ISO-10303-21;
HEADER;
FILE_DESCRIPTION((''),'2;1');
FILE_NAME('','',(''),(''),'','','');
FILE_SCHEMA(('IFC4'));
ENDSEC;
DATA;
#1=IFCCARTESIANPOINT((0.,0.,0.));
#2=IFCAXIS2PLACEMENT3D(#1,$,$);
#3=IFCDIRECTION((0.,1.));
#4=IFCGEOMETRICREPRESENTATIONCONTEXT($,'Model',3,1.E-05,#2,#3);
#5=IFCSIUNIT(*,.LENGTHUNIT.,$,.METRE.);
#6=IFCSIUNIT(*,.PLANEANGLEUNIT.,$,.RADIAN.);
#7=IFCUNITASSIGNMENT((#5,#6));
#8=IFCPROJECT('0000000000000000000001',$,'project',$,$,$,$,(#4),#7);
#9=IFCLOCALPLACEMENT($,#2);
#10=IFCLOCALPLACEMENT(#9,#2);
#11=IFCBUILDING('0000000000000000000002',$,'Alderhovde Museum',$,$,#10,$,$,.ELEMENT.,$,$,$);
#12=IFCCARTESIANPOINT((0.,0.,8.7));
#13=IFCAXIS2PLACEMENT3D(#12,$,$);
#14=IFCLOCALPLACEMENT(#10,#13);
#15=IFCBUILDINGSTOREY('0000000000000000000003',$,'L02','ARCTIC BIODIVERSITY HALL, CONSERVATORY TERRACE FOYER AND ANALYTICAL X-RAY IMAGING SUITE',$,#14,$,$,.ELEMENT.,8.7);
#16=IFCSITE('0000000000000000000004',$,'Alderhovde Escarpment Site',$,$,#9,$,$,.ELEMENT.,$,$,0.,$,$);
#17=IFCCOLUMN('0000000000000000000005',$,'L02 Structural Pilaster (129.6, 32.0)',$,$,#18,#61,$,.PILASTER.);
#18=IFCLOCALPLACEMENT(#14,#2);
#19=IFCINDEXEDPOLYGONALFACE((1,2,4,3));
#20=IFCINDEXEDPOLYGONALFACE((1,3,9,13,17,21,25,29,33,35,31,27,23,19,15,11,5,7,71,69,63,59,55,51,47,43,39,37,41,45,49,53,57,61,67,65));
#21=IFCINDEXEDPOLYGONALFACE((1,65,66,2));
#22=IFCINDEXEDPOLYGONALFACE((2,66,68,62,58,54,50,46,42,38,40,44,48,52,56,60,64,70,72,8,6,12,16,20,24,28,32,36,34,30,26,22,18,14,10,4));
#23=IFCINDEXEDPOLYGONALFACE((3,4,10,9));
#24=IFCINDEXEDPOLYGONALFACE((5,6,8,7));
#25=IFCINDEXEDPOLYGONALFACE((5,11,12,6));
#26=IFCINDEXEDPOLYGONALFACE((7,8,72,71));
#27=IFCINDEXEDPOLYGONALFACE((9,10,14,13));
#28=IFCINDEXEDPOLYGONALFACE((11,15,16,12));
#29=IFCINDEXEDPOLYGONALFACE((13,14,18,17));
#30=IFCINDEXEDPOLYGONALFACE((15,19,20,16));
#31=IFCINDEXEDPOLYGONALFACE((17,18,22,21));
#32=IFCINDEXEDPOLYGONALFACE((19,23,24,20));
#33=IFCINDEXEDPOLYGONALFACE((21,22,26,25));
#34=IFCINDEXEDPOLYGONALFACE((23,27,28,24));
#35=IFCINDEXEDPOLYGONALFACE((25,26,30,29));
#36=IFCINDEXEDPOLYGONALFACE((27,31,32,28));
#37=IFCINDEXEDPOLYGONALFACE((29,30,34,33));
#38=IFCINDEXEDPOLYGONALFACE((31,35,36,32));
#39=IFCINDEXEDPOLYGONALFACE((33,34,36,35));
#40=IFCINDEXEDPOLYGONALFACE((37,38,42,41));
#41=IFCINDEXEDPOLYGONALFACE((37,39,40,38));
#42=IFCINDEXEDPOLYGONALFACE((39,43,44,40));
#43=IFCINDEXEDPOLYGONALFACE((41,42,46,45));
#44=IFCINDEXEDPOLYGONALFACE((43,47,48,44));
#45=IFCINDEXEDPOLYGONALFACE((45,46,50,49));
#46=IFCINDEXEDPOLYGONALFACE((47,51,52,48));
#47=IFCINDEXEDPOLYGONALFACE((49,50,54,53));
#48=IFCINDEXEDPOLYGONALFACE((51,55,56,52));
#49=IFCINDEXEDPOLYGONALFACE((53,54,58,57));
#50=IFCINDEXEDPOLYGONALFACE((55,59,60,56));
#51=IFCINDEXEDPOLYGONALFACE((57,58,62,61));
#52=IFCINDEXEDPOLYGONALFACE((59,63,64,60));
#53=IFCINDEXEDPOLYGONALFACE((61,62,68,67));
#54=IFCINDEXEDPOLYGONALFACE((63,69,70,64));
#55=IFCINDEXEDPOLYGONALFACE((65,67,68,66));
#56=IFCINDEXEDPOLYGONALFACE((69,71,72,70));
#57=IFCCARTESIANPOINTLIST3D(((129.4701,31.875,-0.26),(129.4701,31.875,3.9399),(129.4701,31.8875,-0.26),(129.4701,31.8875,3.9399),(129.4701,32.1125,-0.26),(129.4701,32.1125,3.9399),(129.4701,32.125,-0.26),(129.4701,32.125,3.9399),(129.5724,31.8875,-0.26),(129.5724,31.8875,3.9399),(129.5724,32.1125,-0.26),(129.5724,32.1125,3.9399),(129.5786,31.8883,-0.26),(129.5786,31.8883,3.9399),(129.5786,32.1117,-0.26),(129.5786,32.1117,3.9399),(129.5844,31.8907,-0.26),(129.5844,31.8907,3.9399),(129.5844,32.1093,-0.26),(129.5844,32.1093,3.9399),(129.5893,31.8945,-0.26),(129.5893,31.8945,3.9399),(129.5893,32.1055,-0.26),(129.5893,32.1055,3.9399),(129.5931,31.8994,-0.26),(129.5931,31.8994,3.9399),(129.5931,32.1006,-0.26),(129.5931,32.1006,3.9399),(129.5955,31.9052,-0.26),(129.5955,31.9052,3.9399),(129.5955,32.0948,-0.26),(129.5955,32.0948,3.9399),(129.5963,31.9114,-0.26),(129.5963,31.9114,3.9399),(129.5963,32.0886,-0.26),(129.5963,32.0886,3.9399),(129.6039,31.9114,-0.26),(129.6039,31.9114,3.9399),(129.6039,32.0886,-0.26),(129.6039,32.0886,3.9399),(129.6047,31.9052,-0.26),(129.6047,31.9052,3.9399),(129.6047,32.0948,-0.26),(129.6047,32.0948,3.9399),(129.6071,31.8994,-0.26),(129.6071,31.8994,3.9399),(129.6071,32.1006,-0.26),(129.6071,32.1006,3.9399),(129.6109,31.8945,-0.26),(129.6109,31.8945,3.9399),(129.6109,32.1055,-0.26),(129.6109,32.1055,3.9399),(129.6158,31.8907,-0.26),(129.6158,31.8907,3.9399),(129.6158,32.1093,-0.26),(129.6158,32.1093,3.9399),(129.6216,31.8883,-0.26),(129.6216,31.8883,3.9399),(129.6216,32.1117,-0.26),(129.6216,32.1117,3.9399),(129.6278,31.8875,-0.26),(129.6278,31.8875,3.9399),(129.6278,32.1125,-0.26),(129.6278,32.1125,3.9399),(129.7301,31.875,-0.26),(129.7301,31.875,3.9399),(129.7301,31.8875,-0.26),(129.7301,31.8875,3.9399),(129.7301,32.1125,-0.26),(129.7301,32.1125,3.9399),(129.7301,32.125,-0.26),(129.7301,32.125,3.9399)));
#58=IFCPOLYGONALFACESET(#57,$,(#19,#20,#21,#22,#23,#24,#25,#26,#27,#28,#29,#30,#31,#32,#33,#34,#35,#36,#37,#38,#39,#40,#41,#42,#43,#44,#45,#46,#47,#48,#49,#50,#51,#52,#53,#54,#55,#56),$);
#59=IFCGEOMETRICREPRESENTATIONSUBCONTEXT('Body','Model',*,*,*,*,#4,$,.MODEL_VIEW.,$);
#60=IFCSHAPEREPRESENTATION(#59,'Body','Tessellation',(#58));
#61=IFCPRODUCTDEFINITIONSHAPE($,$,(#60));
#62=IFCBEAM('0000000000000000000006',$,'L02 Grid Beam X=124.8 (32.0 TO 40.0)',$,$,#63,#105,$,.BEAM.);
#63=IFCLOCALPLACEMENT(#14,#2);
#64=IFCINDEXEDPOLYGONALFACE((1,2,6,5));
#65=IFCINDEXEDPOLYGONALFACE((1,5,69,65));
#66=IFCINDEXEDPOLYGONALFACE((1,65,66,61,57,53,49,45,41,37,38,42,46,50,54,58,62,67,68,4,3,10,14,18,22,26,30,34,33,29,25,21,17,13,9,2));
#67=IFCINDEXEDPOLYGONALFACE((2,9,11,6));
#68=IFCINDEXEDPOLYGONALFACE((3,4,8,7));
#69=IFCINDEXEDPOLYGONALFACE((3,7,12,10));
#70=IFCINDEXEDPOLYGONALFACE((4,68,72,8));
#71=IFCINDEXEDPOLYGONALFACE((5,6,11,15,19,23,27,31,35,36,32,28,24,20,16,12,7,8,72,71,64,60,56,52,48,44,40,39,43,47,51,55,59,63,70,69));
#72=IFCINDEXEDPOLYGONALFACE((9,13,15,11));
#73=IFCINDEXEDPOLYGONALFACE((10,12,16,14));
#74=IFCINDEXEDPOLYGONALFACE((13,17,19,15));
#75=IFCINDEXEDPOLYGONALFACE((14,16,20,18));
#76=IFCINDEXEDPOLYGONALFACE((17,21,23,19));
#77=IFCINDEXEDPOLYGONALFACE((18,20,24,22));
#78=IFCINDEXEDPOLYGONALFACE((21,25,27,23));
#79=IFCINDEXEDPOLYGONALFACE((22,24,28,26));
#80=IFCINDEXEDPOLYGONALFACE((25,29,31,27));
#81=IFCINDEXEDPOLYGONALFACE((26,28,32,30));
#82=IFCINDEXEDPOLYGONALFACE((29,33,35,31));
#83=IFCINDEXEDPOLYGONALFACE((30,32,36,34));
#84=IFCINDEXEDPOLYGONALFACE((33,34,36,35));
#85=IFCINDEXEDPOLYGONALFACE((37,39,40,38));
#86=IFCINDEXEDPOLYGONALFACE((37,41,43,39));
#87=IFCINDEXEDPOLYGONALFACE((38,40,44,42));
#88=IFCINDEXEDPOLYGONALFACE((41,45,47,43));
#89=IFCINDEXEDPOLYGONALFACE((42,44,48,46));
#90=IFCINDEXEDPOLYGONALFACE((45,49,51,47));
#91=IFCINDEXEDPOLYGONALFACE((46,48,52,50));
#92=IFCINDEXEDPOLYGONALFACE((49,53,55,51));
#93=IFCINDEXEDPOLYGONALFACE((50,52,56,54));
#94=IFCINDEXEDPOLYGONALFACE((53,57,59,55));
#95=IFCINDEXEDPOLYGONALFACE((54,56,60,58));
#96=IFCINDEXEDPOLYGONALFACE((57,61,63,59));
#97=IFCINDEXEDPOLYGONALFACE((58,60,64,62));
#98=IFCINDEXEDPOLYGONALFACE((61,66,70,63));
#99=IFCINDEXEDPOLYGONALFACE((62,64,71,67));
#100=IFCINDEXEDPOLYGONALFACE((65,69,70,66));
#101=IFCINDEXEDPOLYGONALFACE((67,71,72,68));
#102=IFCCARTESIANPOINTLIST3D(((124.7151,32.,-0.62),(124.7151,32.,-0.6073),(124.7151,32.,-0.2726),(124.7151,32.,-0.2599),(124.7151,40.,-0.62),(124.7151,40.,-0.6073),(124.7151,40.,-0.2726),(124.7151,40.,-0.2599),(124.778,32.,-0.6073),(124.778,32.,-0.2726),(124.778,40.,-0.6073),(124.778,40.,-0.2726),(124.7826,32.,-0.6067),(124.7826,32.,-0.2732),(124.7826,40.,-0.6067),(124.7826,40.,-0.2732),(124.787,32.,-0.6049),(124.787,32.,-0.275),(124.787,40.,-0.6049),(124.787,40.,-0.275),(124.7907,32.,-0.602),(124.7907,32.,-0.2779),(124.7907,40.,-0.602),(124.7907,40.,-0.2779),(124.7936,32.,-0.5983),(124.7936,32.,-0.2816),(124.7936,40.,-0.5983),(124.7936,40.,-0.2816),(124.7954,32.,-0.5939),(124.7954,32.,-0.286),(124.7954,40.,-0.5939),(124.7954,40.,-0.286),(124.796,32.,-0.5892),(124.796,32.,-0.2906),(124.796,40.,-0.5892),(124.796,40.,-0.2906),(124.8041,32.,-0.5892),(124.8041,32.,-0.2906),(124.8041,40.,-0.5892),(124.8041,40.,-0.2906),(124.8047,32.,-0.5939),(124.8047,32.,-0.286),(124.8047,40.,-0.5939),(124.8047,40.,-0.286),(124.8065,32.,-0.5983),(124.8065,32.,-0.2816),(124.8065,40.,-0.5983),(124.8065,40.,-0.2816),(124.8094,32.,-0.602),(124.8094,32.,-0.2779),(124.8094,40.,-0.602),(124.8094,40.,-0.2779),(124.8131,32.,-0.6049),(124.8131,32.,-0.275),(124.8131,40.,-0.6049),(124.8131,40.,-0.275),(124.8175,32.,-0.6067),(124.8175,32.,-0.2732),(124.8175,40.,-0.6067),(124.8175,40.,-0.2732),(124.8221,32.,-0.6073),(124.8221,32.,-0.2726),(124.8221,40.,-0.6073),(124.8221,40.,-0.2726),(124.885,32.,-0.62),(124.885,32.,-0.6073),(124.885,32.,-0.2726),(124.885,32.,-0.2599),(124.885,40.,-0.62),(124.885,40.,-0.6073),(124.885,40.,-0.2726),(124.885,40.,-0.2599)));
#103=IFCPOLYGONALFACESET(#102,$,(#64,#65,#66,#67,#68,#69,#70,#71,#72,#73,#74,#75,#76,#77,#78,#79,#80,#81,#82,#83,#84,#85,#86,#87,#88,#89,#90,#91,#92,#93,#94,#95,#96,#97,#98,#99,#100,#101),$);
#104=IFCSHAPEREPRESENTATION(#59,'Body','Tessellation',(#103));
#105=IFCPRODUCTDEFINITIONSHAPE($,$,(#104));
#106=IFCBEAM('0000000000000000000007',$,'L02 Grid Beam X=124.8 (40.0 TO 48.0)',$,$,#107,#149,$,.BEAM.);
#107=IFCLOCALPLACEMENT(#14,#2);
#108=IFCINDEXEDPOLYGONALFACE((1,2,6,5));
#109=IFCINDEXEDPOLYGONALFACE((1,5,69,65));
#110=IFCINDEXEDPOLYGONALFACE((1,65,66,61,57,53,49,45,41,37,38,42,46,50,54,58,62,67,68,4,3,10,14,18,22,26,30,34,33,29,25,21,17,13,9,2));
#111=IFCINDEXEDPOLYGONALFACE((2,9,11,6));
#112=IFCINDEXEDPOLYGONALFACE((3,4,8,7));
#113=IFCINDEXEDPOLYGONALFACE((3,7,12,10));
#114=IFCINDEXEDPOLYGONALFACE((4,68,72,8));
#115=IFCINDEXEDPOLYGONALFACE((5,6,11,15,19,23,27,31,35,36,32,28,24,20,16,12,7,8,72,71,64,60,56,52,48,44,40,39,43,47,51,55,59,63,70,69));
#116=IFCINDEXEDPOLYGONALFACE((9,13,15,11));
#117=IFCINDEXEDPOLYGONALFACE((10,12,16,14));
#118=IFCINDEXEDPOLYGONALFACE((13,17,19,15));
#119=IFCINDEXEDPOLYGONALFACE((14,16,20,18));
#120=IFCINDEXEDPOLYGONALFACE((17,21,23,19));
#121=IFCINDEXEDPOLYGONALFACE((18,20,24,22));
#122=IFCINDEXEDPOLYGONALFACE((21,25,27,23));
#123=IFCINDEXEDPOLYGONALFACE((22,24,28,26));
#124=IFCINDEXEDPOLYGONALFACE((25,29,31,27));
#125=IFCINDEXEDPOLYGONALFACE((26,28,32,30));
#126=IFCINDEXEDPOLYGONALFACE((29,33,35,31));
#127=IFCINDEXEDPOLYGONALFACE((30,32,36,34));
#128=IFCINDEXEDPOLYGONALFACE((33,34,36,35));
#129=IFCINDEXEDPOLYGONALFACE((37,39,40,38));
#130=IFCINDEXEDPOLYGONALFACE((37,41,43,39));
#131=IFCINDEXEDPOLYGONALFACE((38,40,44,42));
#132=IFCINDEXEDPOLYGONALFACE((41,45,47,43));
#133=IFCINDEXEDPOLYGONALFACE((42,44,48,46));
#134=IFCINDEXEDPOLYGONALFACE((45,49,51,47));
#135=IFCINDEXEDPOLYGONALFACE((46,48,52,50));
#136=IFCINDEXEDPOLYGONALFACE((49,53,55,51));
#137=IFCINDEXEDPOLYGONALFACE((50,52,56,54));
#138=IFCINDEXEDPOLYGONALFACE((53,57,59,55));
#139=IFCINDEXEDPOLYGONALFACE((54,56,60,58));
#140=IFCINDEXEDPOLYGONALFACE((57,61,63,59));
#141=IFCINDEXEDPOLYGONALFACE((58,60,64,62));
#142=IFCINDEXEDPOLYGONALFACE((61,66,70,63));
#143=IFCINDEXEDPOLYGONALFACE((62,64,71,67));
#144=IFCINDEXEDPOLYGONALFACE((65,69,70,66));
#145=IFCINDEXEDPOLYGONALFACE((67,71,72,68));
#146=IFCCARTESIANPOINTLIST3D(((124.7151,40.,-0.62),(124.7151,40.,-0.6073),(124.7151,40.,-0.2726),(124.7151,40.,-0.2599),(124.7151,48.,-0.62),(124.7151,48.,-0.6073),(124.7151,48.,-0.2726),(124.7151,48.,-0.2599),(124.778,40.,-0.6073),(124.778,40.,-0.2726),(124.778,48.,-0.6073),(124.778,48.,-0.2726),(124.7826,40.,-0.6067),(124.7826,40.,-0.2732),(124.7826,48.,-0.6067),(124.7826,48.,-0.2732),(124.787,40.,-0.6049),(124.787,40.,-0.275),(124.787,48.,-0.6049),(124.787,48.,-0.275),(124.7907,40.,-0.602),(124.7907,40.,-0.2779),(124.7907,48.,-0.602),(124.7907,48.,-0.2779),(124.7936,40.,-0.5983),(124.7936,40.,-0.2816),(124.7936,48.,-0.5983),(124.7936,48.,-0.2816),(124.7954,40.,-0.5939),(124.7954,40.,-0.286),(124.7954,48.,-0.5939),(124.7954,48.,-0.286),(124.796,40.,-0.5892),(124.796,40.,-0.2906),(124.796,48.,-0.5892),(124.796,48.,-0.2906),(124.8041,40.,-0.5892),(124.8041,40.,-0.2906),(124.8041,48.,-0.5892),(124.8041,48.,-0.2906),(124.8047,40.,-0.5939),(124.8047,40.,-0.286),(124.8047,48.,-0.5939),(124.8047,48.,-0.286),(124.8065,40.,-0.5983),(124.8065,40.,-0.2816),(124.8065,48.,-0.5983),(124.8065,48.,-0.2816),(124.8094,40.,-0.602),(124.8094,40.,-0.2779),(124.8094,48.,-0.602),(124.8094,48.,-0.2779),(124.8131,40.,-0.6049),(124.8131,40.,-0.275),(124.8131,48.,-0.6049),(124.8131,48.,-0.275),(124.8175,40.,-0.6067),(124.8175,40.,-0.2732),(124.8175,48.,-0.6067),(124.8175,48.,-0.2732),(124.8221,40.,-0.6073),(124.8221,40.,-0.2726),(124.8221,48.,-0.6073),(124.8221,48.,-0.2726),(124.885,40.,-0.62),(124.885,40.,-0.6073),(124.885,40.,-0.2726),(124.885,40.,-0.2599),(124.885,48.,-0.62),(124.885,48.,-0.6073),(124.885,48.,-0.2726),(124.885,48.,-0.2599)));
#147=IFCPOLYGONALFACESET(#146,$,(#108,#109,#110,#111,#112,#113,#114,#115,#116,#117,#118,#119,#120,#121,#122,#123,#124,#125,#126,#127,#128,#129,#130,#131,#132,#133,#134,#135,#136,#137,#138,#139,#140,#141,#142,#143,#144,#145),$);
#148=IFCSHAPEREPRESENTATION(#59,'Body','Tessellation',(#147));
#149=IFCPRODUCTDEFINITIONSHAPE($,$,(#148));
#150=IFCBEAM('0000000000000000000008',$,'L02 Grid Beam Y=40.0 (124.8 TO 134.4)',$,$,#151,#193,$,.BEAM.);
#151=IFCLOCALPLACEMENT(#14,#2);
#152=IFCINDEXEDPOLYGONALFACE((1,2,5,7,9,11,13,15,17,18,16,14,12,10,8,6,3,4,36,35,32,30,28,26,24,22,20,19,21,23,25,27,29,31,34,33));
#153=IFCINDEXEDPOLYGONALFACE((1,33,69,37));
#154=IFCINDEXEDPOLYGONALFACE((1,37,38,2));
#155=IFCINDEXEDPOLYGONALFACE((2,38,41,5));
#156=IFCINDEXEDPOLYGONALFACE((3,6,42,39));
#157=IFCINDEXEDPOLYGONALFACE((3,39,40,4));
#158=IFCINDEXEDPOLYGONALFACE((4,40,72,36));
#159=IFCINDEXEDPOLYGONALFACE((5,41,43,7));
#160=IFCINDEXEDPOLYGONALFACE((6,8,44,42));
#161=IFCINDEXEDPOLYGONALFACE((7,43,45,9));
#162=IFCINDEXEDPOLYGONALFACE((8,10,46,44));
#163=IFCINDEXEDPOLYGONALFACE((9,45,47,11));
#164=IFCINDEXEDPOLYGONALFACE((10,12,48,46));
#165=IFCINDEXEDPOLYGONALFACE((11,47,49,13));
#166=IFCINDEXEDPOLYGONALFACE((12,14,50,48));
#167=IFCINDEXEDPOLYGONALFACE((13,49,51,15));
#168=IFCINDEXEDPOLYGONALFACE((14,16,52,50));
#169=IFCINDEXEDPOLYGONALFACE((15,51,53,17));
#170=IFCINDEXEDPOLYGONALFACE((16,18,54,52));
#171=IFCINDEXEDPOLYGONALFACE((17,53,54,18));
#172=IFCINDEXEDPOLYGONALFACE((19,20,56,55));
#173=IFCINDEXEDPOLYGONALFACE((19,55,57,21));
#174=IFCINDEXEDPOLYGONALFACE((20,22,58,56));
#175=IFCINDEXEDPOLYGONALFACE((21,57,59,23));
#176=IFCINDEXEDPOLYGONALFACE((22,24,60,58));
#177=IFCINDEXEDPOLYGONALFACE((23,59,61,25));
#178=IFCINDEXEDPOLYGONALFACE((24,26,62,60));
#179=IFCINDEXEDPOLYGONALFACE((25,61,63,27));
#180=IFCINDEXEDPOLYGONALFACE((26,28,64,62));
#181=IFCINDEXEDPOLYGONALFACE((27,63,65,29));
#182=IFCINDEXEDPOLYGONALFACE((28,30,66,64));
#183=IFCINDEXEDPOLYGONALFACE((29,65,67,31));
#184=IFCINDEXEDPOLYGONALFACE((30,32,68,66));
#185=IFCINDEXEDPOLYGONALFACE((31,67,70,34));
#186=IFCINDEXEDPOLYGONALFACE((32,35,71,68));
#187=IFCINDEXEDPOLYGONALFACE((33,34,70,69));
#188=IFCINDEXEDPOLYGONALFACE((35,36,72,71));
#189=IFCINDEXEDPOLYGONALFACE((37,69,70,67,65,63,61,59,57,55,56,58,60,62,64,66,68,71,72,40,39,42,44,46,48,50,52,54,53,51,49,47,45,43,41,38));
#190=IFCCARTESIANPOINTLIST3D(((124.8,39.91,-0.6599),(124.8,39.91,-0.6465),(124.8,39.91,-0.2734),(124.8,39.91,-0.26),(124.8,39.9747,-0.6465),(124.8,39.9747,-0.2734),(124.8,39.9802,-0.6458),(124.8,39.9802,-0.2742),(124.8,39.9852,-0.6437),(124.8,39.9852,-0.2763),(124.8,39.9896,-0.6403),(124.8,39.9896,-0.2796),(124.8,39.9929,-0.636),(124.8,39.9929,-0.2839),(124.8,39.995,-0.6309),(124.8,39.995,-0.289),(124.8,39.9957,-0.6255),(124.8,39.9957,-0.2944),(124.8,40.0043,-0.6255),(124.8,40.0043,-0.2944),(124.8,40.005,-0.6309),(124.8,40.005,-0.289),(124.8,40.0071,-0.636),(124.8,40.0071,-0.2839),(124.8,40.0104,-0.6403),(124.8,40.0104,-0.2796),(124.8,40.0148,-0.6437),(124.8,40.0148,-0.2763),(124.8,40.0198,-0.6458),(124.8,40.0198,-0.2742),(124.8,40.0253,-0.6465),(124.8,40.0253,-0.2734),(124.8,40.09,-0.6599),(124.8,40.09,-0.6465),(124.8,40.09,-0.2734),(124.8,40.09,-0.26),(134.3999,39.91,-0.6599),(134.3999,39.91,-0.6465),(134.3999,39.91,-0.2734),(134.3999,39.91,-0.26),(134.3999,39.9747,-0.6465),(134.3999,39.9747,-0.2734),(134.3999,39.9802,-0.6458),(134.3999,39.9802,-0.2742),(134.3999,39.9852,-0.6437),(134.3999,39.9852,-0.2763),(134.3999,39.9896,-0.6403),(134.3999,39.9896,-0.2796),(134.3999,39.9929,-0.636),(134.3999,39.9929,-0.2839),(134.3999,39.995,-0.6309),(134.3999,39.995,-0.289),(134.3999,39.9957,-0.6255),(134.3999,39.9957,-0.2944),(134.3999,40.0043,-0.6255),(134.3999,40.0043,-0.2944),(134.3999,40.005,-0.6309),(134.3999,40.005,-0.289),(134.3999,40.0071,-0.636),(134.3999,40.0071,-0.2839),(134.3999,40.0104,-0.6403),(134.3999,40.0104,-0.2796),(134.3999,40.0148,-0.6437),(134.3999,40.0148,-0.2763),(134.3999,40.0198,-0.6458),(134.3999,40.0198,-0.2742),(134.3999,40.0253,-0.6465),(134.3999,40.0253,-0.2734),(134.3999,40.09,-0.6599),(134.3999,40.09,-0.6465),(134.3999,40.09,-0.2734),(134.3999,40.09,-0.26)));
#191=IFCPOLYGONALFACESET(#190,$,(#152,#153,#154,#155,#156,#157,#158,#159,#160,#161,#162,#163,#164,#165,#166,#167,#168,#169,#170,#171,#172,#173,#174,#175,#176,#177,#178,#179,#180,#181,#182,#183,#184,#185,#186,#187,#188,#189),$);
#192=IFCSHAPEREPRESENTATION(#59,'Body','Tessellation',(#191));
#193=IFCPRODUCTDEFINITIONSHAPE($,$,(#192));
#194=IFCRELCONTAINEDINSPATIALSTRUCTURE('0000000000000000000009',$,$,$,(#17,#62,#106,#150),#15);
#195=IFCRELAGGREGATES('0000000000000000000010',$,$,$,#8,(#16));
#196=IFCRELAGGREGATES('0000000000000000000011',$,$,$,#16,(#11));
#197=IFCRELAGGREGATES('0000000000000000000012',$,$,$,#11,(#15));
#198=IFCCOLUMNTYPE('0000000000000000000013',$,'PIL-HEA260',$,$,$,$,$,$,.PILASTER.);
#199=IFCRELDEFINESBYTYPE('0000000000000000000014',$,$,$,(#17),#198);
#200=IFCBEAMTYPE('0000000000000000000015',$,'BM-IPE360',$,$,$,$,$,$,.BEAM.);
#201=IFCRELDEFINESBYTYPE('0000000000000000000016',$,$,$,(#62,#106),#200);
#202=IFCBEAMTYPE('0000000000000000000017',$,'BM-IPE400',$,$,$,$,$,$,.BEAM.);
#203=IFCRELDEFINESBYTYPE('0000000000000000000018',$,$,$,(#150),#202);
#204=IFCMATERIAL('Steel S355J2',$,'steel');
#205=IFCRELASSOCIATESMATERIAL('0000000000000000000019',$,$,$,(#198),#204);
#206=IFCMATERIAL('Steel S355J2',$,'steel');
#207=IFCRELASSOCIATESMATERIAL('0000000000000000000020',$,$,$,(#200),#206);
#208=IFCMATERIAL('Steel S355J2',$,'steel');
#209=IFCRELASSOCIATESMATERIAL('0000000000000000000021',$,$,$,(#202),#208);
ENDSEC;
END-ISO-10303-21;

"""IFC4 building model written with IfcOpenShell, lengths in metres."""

from ifc_helpers import new_model, si_unit, direction, frame, origin, origin_2d, place, context, subcontext, project, spatial, i_section, extrude, material, material_profile, profile_set, type_object, element, save


model = new_model("IFC4")

# Units and contexts
model_context = context("Model", 3, precision=1e-05, world=origin(), true_north=direction((0.0, 1.0)))
body_context = subcontext(model_context, "Body", "Model", "MODEL_VIEW")
ifc_project = project(units=[si_unit("LENGTHUNIT", "METRE"), si_unit("PLANEANGLEUNIT", "RADIAN")], contexts=[model_context])

# Site, building, storey
site_placement = place(None, origin())
site = spatial("IfcSite", under=ifc_project, at=site_placement, Name="Alderhovde Escarpment Site", CompositionType="ELEMENT", RefElevation=0.0)
building_placement = place(site_placement, origin())
building = spatial("IfcBuilding", under=site, at=building_placement, Name="Alderhovde Museum", CompositionType="ELEMENT")
storey_placement = place(building_placement, frame((0.0, 0.0, 8.7)))
storey = spatial("IfcBuildingStorey", under=building, at=storey_placement, Name="L02", Description="ARCTIC BIODIVERSITY HALL, CONSERVATORY TERRACE FOYER AND ANALYTICAL X-RAY IMAGING SUITE", CompositionType="ELEMENT", Elevation=8.7)

# Column
ifc_material_1 = material(Name="Steel S355J2", Category="steel")
ifc_material_profile_1 = material_profile(ifc_material_1, i_section(OverallWidth=0.26, OverallDepth=0.25, WebThickness=0.0076, FlangeThickness=0.0125, FilletRadius=0.0239, at=origin_2d()), Name="HEA 260")
ifc_profile_set_1 = profile_set([ifc_material_profile_1], Name="Steel S355J2")
column_type_1 = type_object("IfcColumnType", Name="PIL-HEA260", PredefinedType="PILASTER", material=ifc_profile_set_1)
column_placement = place(storey_placement, frame((129.6001, 32.0, -0.26), z_axis=(0.0, 0.0, 1.0), x_axis=(1.0, 0.0, 0.0)))
element("IfcColumn", 1, at=column_placement, inside=storey, type_object=column_type_1, Name="L02 Structural Pilaster (129.6, 32.0)", PredefinedType="PILASTER", context=body_context, shape_type="SweptSolid", body=[
    extrude(i_section(OverallWidth=0.26, OverallDepth=0.25, WebThickness=0.0076, FlangeThickness=0.0125, FilletRadius=0.0239, at=origin_2d()), origin(), (0.0, 0.0, 1.0), 4.2),
])

# Beams
ifc_material_2 = material(Name="Steel S355J2", Category="steel")
ifc_material_profile_2 = material_profile(ifc_material_2, i_section(OverallWidth=0.1699, OverallDepth=0.3601, WebThickness=0.0081, FlangeThickness=0.0127, FilletRadius=0.0181, at=origin_2d()), Name="IPE 360")
ifc_profile_set_2 = profile_set([ifc_material_profile_2], Name="Steel S355J2")
beam_type_1 = type_object("IfcBeamType", Name="BM-IPE360", PredefinedType="BEAM", material=ifc_profile_set_2)
for number, where, z_axis, x_axis, name in (
    (2, (124.8, 32.0, -0.4399), (0.0, 1.0, 0.0), (-1.0, 0.0, 0.0), "L02 Grid Beam X=124.8 (32.0 TO 40.0)"),
    (3, (124.8, 40.0, -0.4399), (0.0, 1.0, 0.0), (-1.0, 0.0, 0.0), "L02 Grid Beam X=124.8 (40.0 TO 48.0)"),
):
    element("IfcBeam", number, at=place(storey_placement, frame(where, z_axis=z_axis, x_axis=x_axis)), inside=storey, type_object=beam_type_1, Name=name, PredefinedType="BEAM", context=body_context, shape_type="SweptSolid", body=[
        extrude(i_section(OverallWidth=0.1699, OverallDepth=0.3601, WebThickness=0.0081, FlangeThickness=0.0127, FilletRadius=0.0181, at=origin_2d()), origin(), (0.0, 0.0, 1.0), 8.0),
    ])
ifc_material_3 = material(Name="Steel S355J2", Category="steel")
ifc_material_profile_3 = material_profile(ifc_material_3, i_section(OverallWidth=0.1799, OverallDepth=0.3999, WebThickness=0.0085, FlangeThickness=0.0134, FilletRadius=0.021, at=origin_2d()), Name="IPE 400")
ifc_profile_set_3 = profile_set([ifc_material_profile_3], Name="Steel S355J2")
beam_type_2 = type_object("IfcBeamType", Name="BM-IPE400", PredefinedType="BEAM", material=ifc_profile_set_3)
beam_1_placement = place(storey_placement, frame((124.8, 40.0, -0.46), z_axis=(1.0, 0.0, 0.0), x_axis=(0.0, 1.0, 0.0)))
element("IfcBeam", 4, at=beam_1_placement, inside=storey, type_object=beam_type_2, Name="L02 Grid Beam Y=40.0 (124.8 TO 134.4)", PredefinedType="BEAM", context=body_context, shape_type="SweptSolid", body=[
    extrude(i_section(OverallWidth=0.1799, OverallDepth=0.3999, WebThickness=0.0085, FlangeThickness=0.0134, FilletRadius=0.021, at=origin_2d()), origin(), (0.0, 0.0, 1.0), 9.5999),
])

save(model, "model.ifc")
